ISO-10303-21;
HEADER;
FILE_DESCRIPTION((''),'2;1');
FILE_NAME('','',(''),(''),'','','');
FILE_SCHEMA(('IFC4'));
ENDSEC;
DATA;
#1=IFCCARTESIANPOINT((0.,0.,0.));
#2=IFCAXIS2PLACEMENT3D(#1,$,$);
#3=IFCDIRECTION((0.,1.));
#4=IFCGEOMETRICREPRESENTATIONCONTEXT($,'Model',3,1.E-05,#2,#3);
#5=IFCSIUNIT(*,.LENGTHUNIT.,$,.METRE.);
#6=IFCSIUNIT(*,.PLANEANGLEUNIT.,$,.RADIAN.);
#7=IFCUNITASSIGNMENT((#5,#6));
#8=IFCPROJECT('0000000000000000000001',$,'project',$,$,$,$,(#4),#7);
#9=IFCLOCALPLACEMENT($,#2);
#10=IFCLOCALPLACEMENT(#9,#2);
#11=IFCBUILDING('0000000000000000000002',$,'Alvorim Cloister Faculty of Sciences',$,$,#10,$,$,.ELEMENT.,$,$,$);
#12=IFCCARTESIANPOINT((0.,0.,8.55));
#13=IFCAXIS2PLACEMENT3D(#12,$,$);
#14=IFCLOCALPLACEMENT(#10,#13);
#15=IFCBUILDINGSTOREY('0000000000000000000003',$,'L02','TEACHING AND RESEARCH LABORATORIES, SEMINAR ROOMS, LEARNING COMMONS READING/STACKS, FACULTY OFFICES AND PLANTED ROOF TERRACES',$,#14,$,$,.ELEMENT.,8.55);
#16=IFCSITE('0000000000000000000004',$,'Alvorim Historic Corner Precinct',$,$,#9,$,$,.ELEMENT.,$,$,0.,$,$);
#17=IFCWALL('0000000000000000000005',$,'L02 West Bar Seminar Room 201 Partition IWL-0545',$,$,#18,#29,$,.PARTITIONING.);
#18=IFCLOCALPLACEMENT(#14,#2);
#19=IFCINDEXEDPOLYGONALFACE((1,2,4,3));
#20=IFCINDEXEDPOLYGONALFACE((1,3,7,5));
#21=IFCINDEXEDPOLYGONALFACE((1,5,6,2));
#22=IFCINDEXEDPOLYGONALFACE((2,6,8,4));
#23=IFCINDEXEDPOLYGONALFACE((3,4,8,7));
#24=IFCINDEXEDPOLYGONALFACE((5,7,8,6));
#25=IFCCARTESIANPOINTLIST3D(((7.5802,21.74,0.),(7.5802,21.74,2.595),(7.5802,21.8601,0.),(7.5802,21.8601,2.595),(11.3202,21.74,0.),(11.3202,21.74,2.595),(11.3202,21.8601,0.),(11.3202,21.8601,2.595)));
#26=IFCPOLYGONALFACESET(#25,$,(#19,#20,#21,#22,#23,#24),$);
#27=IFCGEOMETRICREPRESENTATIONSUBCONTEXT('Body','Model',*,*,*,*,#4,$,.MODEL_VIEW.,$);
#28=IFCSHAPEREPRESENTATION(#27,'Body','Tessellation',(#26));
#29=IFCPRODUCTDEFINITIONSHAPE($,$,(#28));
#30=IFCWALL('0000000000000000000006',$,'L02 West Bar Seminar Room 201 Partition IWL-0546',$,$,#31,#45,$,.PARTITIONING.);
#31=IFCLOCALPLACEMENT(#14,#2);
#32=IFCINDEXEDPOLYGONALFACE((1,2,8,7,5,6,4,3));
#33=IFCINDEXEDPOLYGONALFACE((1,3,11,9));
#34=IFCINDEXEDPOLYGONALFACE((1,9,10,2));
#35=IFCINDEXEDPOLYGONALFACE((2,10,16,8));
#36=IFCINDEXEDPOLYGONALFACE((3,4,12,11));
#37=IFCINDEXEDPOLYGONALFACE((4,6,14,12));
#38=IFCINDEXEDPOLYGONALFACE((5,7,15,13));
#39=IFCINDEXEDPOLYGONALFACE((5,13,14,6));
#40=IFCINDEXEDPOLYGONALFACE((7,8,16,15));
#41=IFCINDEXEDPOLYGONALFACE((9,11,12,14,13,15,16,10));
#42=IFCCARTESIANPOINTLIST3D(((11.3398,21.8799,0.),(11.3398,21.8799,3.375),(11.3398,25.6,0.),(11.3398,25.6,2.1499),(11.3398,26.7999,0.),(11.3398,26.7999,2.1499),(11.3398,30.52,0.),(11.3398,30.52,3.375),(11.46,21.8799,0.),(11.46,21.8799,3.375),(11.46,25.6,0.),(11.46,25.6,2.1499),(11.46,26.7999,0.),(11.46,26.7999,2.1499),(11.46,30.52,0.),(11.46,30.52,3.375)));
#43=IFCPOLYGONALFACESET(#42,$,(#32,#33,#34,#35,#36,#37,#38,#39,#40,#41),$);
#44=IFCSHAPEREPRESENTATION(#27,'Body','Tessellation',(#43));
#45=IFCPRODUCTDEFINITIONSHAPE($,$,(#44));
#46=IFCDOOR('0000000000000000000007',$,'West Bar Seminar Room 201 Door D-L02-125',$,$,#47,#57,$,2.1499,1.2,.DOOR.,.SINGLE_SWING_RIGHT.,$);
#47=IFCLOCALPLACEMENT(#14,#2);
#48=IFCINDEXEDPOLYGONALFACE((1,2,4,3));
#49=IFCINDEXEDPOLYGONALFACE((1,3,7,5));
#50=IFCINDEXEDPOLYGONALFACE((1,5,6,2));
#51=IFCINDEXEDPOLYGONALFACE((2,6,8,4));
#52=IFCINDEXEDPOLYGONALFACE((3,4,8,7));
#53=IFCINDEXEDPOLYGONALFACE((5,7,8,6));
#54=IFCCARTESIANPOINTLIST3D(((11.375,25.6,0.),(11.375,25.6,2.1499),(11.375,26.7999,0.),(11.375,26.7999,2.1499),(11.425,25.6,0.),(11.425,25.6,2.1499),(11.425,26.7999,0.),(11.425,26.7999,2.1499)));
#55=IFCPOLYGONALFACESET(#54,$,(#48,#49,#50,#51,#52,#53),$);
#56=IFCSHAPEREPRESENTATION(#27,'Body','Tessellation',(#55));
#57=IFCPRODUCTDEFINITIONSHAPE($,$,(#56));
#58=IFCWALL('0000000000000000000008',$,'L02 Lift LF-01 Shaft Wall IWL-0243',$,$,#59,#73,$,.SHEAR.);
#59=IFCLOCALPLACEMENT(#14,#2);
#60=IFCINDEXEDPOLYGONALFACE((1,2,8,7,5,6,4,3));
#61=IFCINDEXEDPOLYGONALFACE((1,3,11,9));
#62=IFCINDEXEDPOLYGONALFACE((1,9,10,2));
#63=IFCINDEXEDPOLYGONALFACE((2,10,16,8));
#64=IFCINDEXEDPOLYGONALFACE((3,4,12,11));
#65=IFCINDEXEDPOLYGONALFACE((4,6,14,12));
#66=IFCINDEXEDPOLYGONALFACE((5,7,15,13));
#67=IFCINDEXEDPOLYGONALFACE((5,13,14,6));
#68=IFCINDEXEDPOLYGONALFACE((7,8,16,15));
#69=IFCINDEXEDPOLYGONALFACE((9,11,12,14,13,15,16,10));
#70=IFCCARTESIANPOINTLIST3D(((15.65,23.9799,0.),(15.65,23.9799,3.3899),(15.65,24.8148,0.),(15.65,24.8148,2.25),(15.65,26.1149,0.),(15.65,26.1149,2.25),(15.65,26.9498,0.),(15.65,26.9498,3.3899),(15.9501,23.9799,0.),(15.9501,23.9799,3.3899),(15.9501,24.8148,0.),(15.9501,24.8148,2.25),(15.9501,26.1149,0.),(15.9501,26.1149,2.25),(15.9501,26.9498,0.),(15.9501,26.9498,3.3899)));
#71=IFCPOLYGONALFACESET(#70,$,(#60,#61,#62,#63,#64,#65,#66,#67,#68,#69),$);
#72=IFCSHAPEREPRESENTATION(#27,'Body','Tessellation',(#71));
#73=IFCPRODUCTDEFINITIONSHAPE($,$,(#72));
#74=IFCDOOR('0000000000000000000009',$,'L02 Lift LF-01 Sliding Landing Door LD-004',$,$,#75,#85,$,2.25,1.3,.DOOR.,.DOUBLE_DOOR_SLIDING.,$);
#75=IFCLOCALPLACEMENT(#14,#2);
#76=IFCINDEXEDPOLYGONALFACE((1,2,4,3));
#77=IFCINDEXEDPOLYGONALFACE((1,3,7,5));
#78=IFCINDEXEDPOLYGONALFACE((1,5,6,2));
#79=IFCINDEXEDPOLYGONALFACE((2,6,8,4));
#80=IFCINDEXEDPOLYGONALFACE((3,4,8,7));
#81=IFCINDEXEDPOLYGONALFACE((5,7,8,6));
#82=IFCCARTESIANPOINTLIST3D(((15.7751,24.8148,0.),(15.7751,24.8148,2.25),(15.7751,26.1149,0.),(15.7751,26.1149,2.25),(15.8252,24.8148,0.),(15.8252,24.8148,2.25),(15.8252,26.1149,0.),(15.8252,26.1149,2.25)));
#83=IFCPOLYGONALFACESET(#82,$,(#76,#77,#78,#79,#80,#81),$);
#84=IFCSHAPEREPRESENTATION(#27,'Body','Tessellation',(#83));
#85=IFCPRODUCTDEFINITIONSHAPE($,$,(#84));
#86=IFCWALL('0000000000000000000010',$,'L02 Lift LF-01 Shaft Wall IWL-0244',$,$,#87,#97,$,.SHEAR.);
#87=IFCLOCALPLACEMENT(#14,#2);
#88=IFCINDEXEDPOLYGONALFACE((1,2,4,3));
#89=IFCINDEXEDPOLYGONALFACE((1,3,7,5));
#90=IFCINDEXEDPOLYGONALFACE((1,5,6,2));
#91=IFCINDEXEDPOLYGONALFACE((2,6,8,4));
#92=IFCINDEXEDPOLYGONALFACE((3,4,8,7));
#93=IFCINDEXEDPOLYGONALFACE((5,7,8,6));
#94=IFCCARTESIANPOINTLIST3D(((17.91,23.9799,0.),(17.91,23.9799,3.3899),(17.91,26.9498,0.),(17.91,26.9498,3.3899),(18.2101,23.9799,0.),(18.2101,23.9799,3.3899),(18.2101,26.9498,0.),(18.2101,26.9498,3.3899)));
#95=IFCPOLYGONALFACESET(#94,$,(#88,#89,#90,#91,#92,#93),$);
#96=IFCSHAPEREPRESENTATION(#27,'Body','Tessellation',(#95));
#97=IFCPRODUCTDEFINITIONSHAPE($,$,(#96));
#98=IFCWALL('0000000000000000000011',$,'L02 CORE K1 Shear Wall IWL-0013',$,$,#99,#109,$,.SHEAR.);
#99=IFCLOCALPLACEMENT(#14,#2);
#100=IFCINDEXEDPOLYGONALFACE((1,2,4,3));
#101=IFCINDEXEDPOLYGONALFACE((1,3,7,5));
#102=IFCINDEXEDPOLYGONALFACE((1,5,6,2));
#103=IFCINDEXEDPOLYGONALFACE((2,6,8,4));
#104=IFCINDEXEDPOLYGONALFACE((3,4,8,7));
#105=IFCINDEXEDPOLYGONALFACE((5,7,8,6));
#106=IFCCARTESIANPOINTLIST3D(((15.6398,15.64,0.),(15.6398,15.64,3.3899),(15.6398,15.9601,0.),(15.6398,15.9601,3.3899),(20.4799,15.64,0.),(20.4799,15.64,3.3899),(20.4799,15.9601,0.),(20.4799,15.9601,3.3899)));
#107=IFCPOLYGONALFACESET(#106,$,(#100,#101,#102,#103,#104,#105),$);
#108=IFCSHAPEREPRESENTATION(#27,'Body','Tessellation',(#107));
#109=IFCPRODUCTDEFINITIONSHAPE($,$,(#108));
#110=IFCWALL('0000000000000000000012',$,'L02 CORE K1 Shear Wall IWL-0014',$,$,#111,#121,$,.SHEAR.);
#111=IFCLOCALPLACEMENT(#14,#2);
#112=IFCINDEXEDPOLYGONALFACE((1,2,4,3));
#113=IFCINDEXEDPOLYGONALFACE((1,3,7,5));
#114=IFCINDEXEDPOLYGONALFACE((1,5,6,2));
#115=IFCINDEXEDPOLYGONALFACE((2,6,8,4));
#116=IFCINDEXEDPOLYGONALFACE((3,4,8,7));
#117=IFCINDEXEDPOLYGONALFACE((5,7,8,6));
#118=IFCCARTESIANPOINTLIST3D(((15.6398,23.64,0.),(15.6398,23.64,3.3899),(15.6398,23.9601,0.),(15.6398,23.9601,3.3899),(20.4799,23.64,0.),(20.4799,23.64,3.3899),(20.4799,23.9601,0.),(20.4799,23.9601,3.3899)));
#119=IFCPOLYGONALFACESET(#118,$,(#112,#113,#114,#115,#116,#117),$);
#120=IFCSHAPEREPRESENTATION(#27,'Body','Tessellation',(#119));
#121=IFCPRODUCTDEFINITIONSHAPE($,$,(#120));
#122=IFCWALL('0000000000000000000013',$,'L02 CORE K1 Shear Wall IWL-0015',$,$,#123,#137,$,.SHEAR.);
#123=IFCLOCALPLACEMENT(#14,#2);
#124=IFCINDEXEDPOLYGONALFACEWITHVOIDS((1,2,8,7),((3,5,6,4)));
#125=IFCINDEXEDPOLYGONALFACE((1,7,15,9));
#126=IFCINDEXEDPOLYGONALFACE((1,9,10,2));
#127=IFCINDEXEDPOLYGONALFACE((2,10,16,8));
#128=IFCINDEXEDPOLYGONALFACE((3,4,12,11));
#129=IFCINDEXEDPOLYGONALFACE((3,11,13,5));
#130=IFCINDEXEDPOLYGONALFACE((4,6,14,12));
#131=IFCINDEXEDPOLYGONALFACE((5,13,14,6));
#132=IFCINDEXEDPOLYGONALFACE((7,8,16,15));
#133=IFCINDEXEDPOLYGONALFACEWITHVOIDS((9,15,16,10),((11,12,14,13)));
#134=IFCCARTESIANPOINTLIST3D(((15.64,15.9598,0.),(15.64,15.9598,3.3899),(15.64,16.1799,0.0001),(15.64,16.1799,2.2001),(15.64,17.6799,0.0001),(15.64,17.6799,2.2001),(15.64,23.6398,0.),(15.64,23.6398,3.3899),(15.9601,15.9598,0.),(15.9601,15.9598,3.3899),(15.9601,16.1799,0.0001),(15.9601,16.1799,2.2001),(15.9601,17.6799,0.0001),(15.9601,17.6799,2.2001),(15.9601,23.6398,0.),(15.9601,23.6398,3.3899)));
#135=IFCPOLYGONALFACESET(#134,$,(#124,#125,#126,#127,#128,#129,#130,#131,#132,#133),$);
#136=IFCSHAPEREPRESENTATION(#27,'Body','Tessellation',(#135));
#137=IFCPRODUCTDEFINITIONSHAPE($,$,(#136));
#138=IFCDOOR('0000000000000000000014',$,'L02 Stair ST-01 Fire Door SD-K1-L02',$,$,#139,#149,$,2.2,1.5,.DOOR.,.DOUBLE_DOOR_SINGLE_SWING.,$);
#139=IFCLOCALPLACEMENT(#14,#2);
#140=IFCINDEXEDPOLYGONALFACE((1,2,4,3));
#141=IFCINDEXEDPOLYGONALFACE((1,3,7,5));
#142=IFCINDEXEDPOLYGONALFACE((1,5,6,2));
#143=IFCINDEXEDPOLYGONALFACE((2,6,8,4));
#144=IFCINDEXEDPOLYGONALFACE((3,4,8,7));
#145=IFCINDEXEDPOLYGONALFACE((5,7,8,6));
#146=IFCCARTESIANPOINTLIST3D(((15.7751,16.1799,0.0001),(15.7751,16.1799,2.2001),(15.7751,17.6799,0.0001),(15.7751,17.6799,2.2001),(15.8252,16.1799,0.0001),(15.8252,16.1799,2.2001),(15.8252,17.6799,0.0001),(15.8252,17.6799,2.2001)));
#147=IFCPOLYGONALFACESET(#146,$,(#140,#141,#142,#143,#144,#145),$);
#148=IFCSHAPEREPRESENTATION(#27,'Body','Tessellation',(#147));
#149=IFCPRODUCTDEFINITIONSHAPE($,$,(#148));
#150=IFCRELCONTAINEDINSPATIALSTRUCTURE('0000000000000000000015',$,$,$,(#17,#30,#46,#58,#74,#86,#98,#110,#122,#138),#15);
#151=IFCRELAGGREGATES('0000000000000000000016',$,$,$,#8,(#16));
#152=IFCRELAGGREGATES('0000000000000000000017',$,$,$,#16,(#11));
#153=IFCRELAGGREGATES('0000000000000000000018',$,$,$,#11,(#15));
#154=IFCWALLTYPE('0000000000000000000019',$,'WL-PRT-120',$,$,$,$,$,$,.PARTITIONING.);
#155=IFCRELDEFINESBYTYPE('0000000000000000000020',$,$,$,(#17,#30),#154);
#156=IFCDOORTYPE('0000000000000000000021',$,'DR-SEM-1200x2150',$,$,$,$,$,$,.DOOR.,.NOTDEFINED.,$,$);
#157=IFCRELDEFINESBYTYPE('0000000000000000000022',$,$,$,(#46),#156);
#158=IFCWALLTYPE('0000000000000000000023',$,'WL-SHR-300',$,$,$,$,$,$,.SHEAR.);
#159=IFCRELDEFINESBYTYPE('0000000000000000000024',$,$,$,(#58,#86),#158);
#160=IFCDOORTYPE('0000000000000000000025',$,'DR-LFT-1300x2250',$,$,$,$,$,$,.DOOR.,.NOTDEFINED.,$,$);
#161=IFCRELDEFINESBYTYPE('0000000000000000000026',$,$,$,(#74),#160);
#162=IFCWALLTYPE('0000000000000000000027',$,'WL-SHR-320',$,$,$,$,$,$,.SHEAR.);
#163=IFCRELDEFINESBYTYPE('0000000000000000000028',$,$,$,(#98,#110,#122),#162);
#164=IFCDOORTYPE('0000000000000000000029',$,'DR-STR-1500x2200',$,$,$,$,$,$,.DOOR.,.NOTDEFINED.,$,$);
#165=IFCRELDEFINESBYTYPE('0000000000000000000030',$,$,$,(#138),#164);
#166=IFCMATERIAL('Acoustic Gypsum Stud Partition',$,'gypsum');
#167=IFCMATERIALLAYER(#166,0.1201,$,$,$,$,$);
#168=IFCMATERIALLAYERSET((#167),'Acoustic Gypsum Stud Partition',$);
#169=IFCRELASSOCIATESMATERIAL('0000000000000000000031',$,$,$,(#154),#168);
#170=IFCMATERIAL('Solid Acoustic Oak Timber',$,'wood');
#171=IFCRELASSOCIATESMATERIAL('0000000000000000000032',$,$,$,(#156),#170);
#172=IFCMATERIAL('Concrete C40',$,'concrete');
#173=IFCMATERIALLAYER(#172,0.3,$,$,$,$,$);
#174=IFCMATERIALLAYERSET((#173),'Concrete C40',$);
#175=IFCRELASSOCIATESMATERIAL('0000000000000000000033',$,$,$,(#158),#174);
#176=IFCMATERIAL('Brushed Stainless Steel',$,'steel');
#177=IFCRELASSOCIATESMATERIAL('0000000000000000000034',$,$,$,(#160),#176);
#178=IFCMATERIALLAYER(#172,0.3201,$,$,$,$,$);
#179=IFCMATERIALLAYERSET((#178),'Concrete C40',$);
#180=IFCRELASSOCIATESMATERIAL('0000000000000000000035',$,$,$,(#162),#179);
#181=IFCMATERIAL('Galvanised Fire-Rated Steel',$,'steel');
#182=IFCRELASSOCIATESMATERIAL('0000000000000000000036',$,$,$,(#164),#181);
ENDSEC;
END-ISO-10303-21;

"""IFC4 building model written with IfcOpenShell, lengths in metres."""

from ifc_helpers import new_model, si_unit, direction, frame, frame_2d, origin, place, context, subcontext, project, spatial, rectangle, extrude, material, layer, layer_set, type_object, element, fill, save


model = new_model("IFC4")

# Units and contexts
model_context = context("Model", 3, precision=1e-05, world=origin(), true_north=direction((0.0, 1.0)))
body_context = subcontext(model_context, "Body", "Model", "MODEL_VIEW")
ifc_project = project(units=[si_unit("LENGTHUNIT", "METRE"), si_unit("PLANEANGLEUNIT", "RADIAN")], contexts=[model_context])

# Site, building, storey
site_placement = place(None, origin())
site = spatial("IfcSite", under=ifc_project, at=site_placement, Name="Alvorim Historic Corner Precinct", CompositionType="ELEMENT", RefElevation=0.0)
building_placement = place(site_placement, origin())
building = spatial("IfcBuilding", under=site, at=building_placement, Name="Alvorim Cloister Faculty of Sciences", CompositionType="ELEMENT")
storey_placement = place(building_placement, frame((0.0, 0.0, 8.55)))
storey = spatial("IfcBuildingStorey", under=building, at=storey_placement, Name="L02", Description="TEACHING AND RESEARCH LABORATORIES, SEMINAR ROOMS, LEARNING COMMONS READING/STACKS, FACULTY OFFICES AND PLANTED ROOF TERRACES", CompositionType="ELEMENT", Elevation=8.55)

# Wall
ifc_material_1 = material(Name="Acoustic Gypsum Stud Partition", Category="gypsum")
ifc_layer_1 = layer(ifc_material_1, 0.1201)
ifc_layer_set_1 = layer_set([ifc_layer_1], Name="Acoustic Gypsum Stud Partition")
wall_type_1 = type_object("IfcWallType", Name="WL-PRT-120", PredefinedType="PARTITIONING", material=ifc_layer_set_1)
wall_1_placement = place(storey_placement, frame((7.5801, 21.8, 0.0), z_axis=(0.0, 0.0, 1.0), x_axis=(1.0, 0.0, 0.0)))
element("IfcWall", 1, at=wall_1_placement, inside=storey, type_object=wall_type_1, Name="L02 West Bar Seminar Room 201 Partition IWL-0545", PredefinedType="PARTITIONING", context=body_context, shape_type="SweptSolid", body=[
    extrude(rectangle(XDim=3.74, YDim=0.1201, at=frame_2d((1.8701, 0.0))), origin(), (0.0, 0.0, 1.0), 2.595),
])

# Walls, openings, doors
wall_2_placement = place(storey_placement, frame((11.3999, 21.8799, 0.0), z_axis=(0.0, 0.0, 1.0), x_axis=(0.0, 1.0, 0.0)))
wall_2 = element("IfcWall", 2, at=wall_2_placement, inside=storey, type_object=wall_type_1, Name="L02 West Bar Seminar Room 201 Partition IWL-0546", PredefinedType="PARTITIONING", context=body_context, shape_type="SweptSolid", body=[
    extrude(rectangle(XDim=8.6401, YDim=0.1201, at=frame_2d((4.3201, 0.0))), origin(), (0.0, 0.0, 1.0), 3.375),
])
opening_1_placement = place(wall_2_placement, frame((3.72, 0.0, 0.0)))
opening_1 = element("IfcOpeningElement", 3, at=opening_1_placement, cuts=wall_2, PredefinedType="OPENING", context=body_context, shape_type="SweptSolid", body=[
    extrude(rectangle(XDim=1.2, YDim=2.1499, at=frame_2d((0.6001, 1.075))), frame((0.0, 0.072, 0.0), z_axis=(0.0, -1.0, 0.0), x_axis=(1.0, 0.0, 0.0)), (0.0, 0.0, 1.0), 0.144),
])
ifc_material_2 = material(Name="Solid Acoustic Oak Timber", Category="wood")
door_type_1 = type_object("IfcDoorType", Name="DR-SEM-1200x2150", OperationType="NOTDEFINED", PredefinedType="DOOR", material=ifc_material_2)
door_1_placement = place(opening_1_placement, origin())
door_1 = element("IfcDoor", 4, at=door_1_placement, inside=storey, type_object=door_type_1, Name="West Bar Seminar Room 201 Door D-L02-125", OperationType="SINGLE_SWING_RIGHT", OverallHeight=2.1499, OverallWidth=1.2, PredefinedType="DOOR", context=body_context, shape_type="SweptSolid", body=[
    extrude(rectangle(XDim=1.2, YDim=2.1499, at=frame_2d((0.6001, 1.075))), frame((0.0, 0.0249, 0.0), z_axis=(0.0, -1.0, 0.0), x_axis=(1.0, 0.0, 0.0)), (0.0, 0.0, 1.0), 0.05),
])
fill(opening_1, door_1)
ifc_material_3 = material(Name="Concrete C40", Category="concrete")
ifc_layer_2 = layer(ifc_material_3, 0.3)
ifc_layer_set_2 = layer_set([ifc_layer_2], Name="Concrete C40")
wall_type_2 = type_object("IfcWallType", Name="WL-SHR-300", PredefinedType="SHEAR", material=ifc_layer_set_2)
wall_3_placement = place(storey_placement, frame((15.8, 23.98, 0.0), z_axis=(0.0, 0.0, 1.0), x_axis=(0.0, 1.0, 0.0)))
wall_3 = element("IfcWall", 5, at=wall_3_placement, inside=storey, type_object=wall_type_2, Name="L02 Lift LF-01 Shaft Wall IWL-0243", PredefinedType="SHEAR", context=body_context, shape_type="SweptSolid", body=[
    extrude(rectangle(XDim=2.97, YDim=0.3, at=frame_2d((1.4849, 0.0))), origin(), (0.0, 0.0, 1.0), 3.3899),
])
opening_2_placement = place(wall_3_placement, frame((0.835, 0.0, 0.0)))
opening_2 = element("IfcOpeningElement", 6, at=opening_2_placement, cuts=wall_3, PredefinedType="OPENING", context=body_context, shape_type="SweptSolid", body=[
    extrude(rectangle(XDim=1.3, YDim=2.25, at=frame_2d((0.6499, 1.125))), frame((0.0, 0.1621, 0.0), z_axis=(0.0, -1.0, 0.0), x_axis=(1.0, 0.0, 0.0)), (0.0, 0.0, 1.0), 0.324),
])
ifc_material_4 = material(Name="Brushed Stainless Steel", Category="steel")
door_type_2 = type_object("IfcDoorType", Name="DR-LFT-1300x2250", OperationType="NOTDEFINED", PredefinedType="DOOR", material=ifc_material_4)
door_2_placement = place(opening_2_placement, origin())
door_2 = element("IfcDoor", 7, at=door_2_placement, inside=storey, type_object=door_type_2, Name="L02 Lift LF-01 Sliding Landing Door LD-004", OperationType="DOUBLE_DOOR_SLIDING", OverallHeight=2.25, OverallWidth=1.3, PredefinedType="DOOR", context=body_context, shape_type="SweptSolid", body=[
    extrude(rectangle(XDim=1.3, YDim=2.25, at=frame_2d((0.6499, 1.125))), frame((0.0, 0.0249, 0.0), z_axis=(0.0, -1.0, 0.0), x_axis=(1.0, 0.0, 0.0)), (0.0, 0.0, 1.0), 0.05),
])
fill(opening_2, door_2)

# Walls
wall_4_placement = place(storey_placement, frame((18.0601, 23.98, 0.0), z_axis=(0.0, 0.0, 1.0), x_axis=(0.0, 1.0, 0.0)))
element("IfcWall", 8, at=wall_4_placement, inside=storey, type_object=wall_type_2, Name="L02 Lift LF-01 Shaft Wall IWL-0244", PredefinedType="SHEAR", context=body_context, shape_type="SweptSolid", body=[
    extrude(rectangle(XDim=2.97, YDim=0.3, at=frame_2d((1.4849, 0.0))), origin(), (0.0, 0.0, 1.0), 3.3899),
])
ifc_layer_3 = layer(ifc_material_3, 0.3201)
ifc_layer_set_3 = layer_set([ifc_layer_3], Name="Concrete C40")
wall_type_3 = type_object("IfcWallType", Name="WL-SHR-320", PredefinedType="SHEAR", material=ifc_layer_set_3)
for number, where, z_axis, x_axis, name in (
    (9, (15.6399, 15.8, 0.0), (0.0, 0.0, 1.0), (1.0, 0.0, 0.0), "L02 CORE K1 Shear Wall IWL-0013"),
    (10, (15.6399, 23.8, 0.0), (0.0, 0.0, 1.0), (1.0, 0.0, 0.0), "L02 CORE K1 Shear Wall IWL-0014"),
):
    element("IfcWall", number, at=place(storey_placement, frame(where, z_axis=z_axis, x_axis=x_axis)), inside=storey, type_object=wall_type_3, Name=name, PredefinedType="SHEAR", context=body_context, shape_type="SweptSolid", body=[
        extrude(rectangle(XDim=4.8401, YDim=0.3201, at=frame_2d((2.4199, 0.0))), origin(), (0.0, 0.0, 1.0), 3.3899),
    ])

# Wall, opening, door
wall_5_placement = place(storey_placement, frame((15.8, 15.96, 0.0), z_axis=(0.0, 0.0, 1.0), x_axis=(0.0, 1.0, 0.0)))
wall_5 = element("IfcWall", 11, at=wall_5_placement, inside=storey, type_object=wall_type_3, Name="L02 CORE K1 Shear Wall IWL-0015", PredefinedType="SHEAR", context=body_context, shape_type="SweptSolid", body=[
    extrude(rectangle(XDim=7.6799, YDim=0.3201, at=frame_2d((3.8398, 0.0))), origin(), (0.0, 0.0, 1.0), 3.3899),
])
opening_3_placement = place(wall_5_placement, frame((0.22, 0.0, 0.0)))
opening_3 = element("IfcOpeningElement", 12, at=opening_3_placement, cuts=wall_5, PredefinedType="OPENING", context=body_context, shape_type="SweptSolid", body=[
    extrude(rectangle(XDim=1.5, YDim=2.2, at=frame_2d((0.75, 1.1001))), frame((0.0, 0.1719, 0.0), z_axis=(0.0, -1.0, 0.0), x_axis=(1.0, 0.0, 0.0)), (0.0, 0.0, 1.0), 0.344),
])
ifc_material_5 = material(Name="Galvanised Fire-Rated Steel", Category="steel")
door_type_3 = type_object("IfcDoorType", Name="DR-STR-1500x2200", OperationType="NOTDEFINED", PredefinedType="DOOR", material=ifc_material_5)
door_3_placement = place(opening_3_placement, origin())
door_3 = element("IfcDoor", 13, at=door_3_placement, inside=storey, type_object=door_type_3, Name="L02 Stair ST-01 Fire Door SD-K1-L02", OperationType="DOUBLE_DOOR_SINGLE_SWING", OverallHeight=2.2, OverallWidth=1.5, PredefinedType="DOOR", context=body_context, shape_type="SweptSolid", body=[
    extrude(rectangle(XDim=1.5, YDim=2.2, at=frame_2d((0.75, 1.1001))), frame((0.0, 0.0249, 0.0), z_axis=(0.0, -1.0, 0.0), x_axis=(1.0, 0.0, 0.0)), (0.0, 0.0, 1.0), 0.05),
])
fill(opening_3, door_3)

save(model, "model.ifc")
